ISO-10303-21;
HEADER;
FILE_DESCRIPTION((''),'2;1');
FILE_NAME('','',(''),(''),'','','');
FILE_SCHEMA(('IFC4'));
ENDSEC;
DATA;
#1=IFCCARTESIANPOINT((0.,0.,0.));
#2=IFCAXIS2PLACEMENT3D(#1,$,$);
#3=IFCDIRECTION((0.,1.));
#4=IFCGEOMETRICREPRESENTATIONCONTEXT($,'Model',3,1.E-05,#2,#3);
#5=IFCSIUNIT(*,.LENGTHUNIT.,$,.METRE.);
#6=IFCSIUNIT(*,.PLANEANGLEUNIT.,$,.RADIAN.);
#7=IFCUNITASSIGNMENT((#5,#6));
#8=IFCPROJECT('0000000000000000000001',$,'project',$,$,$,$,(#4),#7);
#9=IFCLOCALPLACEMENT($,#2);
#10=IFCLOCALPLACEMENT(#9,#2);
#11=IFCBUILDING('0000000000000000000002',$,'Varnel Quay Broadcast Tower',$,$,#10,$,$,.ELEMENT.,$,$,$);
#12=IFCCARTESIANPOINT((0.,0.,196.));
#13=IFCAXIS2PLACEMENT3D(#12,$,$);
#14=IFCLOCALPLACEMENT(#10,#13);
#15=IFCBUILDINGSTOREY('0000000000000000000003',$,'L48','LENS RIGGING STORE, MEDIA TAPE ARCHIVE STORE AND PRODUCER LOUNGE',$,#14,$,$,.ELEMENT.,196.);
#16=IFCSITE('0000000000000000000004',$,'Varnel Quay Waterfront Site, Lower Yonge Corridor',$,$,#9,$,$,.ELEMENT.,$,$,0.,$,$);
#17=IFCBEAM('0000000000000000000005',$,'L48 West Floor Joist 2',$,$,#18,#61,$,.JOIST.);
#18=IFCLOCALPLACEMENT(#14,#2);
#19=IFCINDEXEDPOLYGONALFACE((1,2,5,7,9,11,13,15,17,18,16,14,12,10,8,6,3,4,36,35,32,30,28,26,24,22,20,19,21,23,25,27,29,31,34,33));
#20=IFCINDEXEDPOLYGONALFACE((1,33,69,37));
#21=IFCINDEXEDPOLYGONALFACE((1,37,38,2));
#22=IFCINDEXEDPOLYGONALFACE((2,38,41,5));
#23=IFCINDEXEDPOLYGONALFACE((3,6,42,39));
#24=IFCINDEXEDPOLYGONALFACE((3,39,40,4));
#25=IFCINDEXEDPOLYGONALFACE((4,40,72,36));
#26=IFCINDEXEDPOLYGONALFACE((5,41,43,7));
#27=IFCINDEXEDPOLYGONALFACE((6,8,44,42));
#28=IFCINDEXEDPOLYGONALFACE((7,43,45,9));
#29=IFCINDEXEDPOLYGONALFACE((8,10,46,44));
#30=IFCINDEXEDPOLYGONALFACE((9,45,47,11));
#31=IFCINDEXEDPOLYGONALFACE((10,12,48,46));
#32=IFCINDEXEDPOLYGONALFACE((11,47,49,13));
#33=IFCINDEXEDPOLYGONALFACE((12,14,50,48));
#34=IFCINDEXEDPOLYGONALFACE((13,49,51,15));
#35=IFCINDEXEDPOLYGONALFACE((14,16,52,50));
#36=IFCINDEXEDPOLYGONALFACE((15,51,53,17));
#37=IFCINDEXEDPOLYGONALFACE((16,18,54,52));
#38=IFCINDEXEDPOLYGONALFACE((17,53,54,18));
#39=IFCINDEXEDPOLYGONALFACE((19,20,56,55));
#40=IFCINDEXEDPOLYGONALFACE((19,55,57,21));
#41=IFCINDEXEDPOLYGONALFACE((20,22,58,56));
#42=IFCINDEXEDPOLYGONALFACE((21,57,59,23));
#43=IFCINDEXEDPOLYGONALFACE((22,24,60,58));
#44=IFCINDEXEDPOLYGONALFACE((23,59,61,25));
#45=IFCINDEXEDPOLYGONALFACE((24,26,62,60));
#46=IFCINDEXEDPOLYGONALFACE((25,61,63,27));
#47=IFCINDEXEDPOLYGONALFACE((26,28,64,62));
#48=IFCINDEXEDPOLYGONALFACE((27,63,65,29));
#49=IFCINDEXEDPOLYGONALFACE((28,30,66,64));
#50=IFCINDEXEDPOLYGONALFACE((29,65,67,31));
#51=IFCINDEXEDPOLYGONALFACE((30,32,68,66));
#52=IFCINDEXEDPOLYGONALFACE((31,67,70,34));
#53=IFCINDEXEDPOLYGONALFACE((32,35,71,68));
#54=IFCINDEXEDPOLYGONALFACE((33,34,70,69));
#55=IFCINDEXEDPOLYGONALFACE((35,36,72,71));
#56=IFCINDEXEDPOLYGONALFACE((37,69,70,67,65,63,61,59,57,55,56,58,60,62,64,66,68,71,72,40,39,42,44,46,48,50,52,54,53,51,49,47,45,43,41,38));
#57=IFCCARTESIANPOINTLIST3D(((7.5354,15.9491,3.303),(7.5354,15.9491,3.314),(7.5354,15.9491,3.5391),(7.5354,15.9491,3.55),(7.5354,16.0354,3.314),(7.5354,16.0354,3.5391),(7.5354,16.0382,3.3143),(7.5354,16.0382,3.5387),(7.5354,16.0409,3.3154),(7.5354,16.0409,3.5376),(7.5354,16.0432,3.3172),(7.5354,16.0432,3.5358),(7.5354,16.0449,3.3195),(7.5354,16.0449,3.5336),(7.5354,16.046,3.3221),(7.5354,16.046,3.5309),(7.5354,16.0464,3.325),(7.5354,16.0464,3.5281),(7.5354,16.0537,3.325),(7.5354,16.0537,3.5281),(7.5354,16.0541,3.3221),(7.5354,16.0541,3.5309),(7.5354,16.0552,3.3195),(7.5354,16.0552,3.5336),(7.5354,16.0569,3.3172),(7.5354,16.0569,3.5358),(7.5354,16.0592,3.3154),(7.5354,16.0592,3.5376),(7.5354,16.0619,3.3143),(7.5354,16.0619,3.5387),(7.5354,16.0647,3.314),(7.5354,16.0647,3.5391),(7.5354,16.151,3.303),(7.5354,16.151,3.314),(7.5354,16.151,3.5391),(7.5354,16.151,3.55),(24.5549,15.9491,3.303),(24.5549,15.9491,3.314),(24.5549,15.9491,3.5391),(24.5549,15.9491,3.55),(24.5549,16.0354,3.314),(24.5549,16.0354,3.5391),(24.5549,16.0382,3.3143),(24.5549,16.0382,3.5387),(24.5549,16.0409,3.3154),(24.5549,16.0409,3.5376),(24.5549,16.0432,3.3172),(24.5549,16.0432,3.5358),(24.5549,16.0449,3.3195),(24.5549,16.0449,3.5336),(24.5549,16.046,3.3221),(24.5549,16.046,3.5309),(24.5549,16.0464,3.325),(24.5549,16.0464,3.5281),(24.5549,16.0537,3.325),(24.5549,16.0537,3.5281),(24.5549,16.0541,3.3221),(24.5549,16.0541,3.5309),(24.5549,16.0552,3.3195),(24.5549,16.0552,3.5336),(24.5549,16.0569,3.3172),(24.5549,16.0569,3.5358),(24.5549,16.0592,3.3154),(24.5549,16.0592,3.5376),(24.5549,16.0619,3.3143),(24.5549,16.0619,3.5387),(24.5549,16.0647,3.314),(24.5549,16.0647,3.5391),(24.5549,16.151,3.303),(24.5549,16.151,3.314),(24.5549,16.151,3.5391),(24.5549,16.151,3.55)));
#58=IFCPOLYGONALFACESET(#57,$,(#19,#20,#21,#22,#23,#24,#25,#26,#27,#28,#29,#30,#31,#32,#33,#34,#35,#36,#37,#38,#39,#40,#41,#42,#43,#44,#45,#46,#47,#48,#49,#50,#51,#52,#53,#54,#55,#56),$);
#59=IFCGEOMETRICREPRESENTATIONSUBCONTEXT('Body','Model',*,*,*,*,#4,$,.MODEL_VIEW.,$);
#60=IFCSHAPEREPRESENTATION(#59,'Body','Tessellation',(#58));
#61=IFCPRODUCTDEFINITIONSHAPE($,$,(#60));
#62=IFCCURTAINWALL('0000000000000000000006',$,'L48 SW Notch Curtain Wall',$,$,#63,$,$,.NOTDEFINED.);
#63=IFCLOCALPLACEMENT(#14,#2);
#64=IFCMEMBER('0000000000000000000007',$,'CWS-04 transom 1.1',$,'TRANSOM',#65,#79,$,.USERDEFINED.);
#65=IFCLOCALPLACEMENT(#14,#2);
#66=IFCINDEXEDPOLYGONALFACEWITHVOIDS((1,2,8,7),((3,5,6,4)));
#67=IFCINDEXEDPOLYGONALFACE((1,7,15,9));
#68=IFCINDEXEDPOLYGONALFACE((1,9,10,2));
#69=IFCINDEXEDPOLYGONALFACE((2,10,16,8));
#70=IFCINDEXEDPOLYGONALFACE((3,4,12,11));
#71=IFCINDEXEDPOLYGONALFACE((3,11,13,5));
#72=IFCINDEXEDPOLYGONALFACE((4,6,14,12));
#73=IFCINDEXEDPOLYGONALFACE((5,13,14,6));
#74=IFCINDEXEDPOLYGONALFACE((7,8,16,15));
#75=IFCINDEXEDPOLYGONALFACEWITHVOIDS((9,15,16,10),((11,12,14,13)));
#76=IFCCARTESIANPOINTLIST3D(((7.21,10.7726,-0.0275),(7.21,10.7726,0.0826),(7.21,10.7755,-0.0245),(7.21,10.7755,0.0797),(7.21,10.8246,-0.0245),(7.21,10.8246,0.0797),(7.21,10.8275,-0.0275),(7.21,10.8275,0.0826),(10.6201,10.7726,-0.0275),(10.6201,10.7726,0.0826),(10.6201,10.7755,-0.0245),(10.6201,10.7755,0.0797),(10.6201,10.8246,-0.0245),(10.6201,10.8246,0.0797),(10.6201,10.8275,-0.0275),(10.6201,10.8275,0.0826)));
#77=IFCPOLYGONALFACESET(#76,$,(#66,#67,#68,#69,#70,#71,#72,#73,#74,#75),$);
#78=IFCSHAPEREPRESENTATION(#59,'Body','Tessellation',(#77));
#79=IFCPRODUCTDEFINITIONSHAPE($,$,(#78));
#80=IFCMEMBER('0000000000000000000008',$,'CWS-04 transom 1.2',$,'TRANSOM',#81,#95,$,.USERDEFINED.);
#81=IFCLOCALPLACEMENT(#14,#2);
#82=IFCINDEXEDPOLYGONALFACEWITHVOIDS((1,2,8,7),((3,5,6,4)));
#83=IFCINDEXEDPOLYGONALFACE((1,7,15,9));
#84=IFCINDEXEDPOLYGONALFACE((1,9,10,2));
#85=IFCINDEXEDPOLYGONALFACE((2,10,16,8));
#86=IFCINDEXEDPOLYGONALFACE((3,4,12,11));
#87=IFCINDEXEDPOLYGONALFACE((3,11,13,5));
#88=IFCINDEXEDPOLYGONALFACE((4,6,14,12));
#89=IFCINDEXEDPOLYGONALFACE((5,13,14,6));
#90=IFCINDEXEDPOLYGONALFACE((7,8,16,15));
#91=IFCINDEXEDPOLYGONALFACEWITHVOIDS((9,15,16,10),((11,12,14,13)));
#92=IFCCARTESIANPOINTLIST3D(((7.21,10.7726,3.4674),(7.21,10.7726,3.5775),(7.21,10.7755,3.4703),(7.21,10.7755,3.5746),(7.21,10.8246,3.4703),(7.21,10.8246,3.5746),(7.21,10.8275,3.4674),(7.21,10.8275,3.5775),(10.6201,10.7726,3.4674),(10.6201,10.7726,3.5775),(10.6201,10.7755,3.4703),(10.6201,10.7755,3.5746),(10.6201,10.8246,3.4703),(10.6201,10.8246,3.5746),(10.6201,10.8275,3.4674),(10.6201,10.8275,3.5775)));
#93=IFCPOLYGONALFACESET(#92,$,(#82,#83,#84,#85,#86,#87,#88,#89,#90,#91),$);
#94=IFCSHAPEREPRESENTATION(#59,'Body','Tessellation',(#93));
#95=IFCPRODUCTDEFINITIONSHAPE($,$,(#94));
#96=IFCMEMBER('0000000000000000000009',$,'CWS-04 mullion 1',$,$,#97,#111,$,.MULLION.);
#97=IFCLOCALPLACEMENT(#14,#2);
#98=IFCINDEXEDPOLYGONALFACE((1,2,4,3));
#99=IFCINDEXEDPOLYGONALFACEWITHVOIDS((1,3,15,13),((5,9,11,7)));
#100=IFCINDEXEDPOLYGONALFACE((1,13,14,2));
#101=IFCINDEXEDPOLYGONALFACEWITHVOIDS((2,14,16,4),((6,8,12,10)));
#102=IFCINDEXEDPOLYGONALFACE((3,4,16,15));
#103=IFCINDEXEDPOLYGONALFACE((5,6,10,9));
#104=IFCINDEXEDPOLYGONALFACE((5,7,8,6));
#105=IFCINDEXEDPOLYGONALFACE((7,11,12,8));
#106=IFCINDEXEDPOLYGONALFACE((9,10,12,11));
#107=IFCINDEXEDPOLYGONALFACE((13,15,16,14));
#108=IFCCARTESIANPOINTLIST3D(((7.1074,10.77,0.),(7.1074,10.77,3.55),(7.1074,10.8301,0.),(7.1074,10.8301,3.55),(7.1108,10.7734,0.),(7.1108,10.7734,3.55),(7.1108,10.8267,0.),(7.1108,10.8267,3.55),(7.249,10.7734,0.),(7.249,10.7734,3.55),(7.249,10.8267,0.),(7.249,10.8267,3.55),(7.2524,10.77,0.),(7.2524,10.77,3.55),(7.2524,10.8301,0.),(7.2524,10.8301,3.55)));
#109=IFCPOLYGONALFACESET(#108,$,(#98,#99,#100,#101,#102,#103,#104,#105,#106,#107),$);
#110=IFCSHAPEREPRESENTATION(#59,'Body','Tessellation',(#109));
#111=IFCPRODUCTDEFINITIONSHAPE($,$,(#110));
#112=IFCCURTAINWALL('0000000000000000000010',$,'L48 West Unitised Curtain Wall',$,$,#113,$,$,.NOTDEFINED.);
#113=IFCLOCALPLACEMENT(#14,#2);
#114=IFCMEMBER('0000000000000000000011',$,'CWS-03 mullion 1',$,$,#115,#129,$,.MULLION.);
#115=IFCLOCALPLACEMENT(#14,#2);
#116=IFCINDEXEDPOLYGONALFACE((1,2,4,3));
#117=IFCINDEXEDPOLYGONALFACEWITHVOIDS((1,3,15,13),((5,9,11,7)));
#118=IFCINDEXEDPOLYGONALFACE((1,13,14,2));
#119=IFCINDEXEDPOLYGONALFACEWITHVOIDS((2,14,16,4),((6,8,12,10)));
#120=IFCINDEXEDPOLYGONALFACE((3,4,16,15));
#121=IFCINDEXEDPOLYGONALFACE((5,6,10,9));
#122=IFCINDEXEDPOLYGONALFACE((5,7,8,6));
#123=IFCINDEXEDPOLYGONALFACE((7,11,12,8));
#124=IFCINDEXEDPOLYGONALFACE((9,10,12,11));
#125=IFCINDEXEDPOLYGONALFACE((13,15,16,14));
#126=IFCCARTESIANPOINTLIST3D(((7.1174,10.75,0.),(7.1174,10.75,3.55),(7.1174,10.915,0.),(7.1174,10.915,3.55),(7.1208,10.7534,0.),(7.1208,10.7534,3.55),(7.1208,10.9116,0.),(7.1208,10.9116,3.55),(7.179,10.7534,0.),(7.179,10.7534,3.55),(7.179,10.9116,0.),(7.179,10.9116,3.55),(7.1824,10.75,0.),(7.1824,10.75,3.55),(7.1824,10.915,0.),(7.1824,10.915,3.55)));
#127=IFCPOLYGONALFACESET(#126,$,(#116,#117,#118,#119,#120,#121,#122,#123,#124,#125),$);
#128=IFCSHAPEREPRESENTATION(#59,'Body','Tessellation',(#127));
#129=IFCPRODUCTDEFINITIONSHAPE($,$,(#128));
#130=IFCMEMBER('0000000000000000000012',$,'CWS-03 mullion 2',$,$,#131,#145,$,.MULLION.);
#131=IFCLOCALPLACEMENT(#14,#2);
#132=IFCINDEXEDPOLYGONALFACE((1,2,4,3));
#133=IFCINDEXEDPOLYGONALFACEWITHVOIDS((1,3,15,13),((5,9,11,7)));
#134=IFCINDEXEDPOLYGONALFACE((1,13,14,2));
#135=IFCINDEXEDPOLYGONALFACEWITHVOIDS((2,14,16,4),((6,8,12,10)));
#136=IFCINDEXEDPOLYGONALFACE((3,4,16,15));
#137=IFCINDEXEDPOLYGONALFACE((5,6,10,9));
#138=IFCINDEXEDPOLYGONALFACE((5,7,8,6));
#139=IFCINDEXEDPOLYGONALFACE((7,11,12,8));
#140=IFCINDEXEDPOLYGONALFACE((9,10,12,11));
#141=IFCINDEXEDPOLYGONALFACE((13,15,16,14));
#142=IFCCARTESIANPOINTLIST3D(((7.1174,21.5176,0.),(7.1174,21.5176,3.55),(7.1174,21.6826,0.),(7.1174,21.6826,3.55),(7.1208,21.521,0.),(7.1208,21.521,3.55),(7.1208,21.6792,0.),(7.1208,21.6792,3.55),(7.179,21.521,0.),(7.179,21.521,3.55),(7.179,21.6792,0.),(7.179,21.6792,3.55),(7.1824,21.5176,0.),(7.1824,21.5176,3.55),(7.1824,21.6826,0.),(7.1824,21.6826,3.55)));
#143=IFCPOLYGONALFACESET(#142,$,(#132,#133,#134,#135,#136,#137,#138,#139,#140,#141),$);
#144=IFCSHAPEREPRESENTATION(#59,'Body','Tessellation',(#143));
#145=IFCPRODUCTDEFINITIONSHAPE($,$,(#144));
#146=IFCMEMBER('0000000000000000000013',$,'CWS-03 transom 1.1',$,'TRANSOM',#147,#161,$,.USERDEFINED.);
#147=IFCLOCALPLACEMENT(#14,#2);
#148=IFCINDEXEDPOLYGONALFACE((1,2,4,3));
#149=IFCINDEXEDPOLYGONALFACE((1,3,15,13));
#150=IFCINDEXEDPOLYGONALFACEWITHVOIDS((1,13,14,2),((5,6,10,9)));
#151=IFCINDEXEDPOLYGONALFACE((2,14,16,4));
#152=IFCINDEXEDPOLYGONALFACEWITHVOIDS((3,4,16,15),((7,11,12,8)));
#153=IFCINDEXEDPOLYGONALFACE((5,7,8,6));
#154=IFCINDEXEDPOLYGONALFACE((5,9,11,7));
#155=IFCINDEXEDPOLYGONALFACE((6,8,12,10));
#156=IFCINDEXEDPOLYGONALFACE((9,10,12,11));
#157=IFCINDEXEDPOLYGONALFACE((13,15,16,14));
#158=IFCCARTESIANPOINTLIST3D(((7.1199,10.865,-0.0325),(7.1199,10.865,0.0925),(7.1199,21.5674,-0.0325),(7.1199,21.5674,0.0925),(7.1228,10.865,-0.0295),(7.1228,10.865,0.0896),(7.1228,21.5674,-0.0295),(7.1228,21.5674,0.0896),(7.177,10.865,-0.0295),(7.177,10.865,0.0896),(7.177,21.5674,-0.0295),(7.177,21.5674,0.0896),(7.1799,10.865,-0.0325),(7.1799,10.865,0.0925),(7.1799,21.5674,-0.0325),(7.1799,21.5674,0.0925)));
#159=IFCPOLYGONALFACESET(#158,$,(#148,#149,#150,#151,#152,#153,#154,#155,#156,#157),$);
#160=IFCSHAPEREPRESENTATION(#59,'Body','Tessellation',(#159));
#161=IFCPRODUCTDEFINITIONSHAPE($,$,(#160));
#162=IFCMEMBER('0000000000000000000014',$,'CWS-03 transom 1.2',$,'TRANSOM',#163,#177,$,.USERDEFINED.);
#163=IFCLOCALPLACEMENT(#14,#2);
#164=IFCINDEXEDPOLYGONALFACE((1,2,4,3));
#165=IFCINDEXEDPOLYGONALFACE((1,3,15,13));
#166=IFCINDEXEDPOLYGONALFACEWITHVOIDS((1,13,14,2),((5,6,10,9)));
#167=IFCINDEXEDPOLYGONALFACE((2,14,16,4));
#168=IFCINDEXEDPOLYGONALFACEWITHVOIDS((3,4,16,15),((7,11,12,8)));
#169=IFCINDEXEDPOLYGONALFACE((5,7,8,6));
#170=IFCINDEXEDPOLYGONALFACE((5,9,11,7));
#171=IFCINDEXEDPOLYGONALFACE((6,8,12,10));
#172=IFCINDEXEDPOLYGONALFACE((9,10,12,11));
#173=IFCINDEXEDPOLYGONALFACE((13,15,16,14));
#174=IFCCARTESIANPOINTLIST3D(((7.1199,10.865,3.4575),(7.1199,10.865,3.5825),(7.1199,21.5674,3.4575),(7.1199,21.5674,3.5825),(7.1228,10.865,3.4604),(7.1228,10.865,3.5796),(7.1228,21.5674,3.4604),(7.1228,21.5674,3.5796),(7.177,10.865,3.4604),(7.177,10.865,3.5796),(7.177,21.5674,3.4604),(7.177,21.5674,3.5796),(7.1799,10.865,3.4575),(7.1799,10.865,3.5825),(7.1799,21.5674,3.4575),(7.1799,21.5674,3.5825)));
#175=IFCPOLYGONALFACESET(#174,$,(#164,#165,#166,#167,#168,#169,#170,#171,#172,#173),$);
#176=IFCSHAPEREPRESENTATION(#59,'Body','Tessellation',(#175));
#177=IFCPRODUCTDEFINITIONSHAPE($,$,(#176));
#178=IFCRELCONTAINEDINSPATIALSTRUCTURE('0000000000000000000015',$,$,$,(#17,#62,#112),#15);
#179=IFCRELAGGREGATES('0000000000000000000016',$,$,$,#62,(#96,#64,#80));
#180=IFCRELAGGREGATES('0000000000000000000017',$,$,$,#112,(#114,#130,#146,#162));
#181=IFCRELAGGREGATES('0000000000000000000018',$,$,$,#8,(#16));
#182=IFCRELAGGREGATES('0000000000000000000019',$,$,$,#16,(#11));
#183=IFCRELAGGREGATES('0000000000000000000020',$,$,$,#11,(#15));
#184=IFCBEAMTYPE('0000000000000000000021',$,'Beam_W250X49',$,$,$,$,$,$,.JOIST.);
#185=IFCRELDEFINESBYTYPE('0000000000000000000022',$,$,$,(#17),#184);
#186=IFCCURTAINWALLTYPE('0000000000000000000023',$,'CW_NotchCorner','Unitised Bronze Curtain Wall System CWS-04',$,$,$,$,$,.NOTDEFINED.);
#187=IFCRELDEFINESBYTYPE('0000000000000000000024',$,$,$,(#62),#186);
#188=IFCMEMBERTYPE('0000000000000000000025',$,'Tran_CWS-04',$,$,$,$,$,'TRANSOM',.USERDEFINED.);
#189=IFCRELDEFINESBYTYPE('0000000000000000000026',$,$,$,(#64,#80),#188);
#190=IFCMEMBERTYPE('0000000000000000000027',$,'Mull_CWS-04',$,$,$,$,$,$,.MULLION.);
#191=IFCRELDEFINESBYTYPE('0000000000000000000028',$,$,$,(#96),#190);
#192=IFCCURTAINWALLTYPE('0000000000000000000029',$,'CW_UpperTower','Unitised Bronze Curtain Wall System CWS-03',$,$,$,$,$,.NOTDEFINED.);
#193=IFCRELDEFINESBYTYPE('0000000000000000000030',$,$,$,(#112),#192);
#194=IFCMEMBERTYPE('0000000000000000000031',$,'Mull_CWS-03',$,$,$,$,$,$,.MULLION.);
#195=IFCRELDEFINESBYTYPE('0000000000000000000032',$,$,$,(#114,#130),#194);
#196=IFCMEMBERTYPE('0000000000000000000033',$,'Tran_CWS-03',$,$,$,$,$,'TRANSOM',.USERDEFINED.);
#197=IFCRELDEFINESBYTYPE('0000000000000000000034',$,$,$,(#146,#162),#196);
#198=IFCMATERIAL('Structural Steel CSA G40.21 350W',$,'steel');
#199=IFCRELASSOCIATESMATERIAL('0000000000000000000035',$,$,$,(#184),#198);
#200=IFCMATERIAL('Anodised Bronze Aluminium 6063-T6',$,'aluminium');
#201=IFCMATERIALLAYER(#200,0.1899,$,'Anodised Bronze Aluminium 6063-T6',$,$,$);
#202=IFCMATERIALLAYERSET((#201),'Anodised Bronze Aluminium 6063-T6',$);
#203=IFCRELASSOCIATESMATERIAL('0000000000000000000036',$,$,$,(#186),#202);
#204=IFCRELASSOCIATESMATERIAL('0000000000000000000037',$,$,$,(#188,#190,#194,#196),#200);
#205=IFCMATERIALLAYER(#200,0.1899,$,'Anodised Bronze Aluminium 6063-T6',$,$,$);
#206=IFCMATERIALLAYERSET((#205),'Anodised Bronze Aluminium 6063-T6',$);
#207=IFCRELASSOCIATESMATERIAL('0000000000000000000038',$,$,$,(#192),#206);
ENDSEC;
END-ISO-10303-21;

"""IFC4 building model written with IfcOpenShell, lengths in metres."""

from ifc_helpers import new_model, si_unit, direction, frame, origin, origin_2d, place, context, subcontext, project, spatial, hollow_rectangle, i_section, extrude, source, transform, mapped, material, layer, layer_set, material_profile, profile_set, type_object, type_shapes, element, aggregate, save


model = new_model("IFC4")

# Units and contexts
model_context = context("Model", 3, precision=1e-05, world=origin(), true_north=direction((0.0, 1.0)))
body_context = subcontext(model_context, "Body", "Model", "MODEL_VIEW")
ifc_project = project(units=[si_unit("LENGTHUNIT", "METRE"), si_unit("PLANEANGLEUNIT", "RADIAN")], contexts=[model_context])

# Site, building, storey
site_placement = place(None, origin())
site = spatial("IfcSite", under=ifc_project, at=site_placement, Name="Varnel Quay Waterfront Site, Lower Yonge Corridor", CompositionType="ELEMENT", RefElevation=0.0)
building_placement = place(site_placement, origin())
building = spatial("IfcBuilding", under=site, at=building_placement, Name="Varnel Quay Broadcast Tower", CompositionType="ELEMENT")
storey_placement = place(building_placement, frame((0.0, 0.0, 196.0)))
storey = spatial("IfcBuildingStorey", under=building, at=storey_placement, Name="L48", Description="LENS RIGGING STORE, MEDIA TAPE ARCHIVE STORE AND PRODUCER LOUNGE", CompositionType="ELEMENT", Elevation=196.0)

# Shared definitions
ifc_material_1 = material(Name="Structural Steel CSA G40.21 350W", Category="steel")

# Beam
ifc_material_profile_1 = material_profile(ifc_material_1, i_section(OverallWidth=0.2019, OverallDepth=0.2471, WebThickness=0.0073, FlangeThickness=0.011, FilletRadius=0.011, at=origin_2d()), Name="W250X49")
ifc_profile_set_1 = profile_set([ifc_material_profile_1], Name="Structural Steel CSA G40.21 350W")
beam_type_1 = type_object("IfcBeamType", Name="Beam_W250X49", PredefinedType="JOIST", material=ifc_profile_set_1)
shared_shape_1 = source(origin(), body_context, "Body", "SweptSolid", [
    extrude(i_section(OverallWidth=0.2019, OverallDepth=0.2471, WebThickness=0.0073, FlangeThickness=0.011, FilletRadius=0.011, at=origin_2d()), origin(), (0.0, 0.0, 1.0), 17.0195),
])
type_shapes(beam_type_1, [shared_shape_1])
beam_1_placement = place(storey_placement, frame((7.5354, 16.05, 3.4265), z_axis=(1.0, 0.0, 0.0), x_axis=(0.0, 1.0, 0.0)))
element("IfcBeam", 1, at=beam_1_placement, inside=storey, type_object=beam_type_1, Name="L48 West Floor Joist 2", PredefinedType="JOIST", context=body_context, shape_type="MappedRepresentation", body=[
    mapped(shared_shape_1, transform((0.0, 0.0, 0.0), x_axis=(1.0, 0.0, 0.0), y_axis=(0.0, 1.0, 0.0), z_axis=(0.0, 0.0, 1.0), scale=1.0)),
])

# Curtain walls, members
ifc_material_2 = material(Name="Anodised Bronze Aluminium 6063-T6", Category="aluminium")
ifc_layer_1 = layer(ifc_material_2, 0.1899, Name="Anodised Bronze Aluminium 6063-T6")
ifc_layer_set_1 = layer_set([ifc_layer_1], Name="Anodised Bronze Aluminium 6063-T6")
curtain_wall_type_1 = type_object("IfcCurtainWallType", Name="CW_NotchCorner", Description="Unitised Bronze Curtain Wall System CWS-04", PredefinedType="NOTDEFINED", material=ifc_layer_set_1)
curtain_wall_1_placement = place(storey_placement, origin())
curtain_wall_1 = element("IfcCurtainWall", 2, at=curtain_wall_1_placement, inside=storey, type_object=curtain_wall_type_1, Name="L48 SW Notch Curtain Wall", PredefinedType="NOTDEFINED")
ifc_material_profile_2 = material_profile(ifc_material_2, hollow_rectangle(XDim=0.0549, YDim=0.1101, WallThickness=0.0029, at=origin_2d()), Name="ALU55X110X3")
ifc_profile_set_2 = profile_set([ifc_material_profile_2], Name="Anodised Bronze Aluminium 6063-T6")
member_type_1 = type_object("IfcMemberType", Name="Tran_CWS-04", ElementType="TRANSOM", PredefinedType="USERDEFINED", material=ifc_profile_set_2)
shared_shape_2 = source(origin(), body_context, "Body", "SweptSolid", [
    extrude(hollow_rectangle(XDim=0.0549, YDim=0.1101, WallThickness=0.0029, at=origin_2d()), origin(), (0.0, 0.0, 1.0), 3.4102),
])
type_shapes(member_type_1, [shared_shape_2])
member_1_placement = place(storey_placement, frame((7.21, 10.8, 0.0276), z_axis=(1.0, 0.0, 0.0), x_axis=(0.0, 1.0, 0.0)))
member_1 = element("IfcMember", 3, at=member_1_placement, type_object=member_type_1, Name="CWS-04 transom 1.1", ObjectType="TRANSOM", PredefinedType="USERDEFINED", context=body_context, shape_type="MappedRepresentation", body=[
    mapped(shared_shape_2, transform((0.0, 0.0, 0.0), x_axis=(1.0, 0.0, 0.0), y_axis=(0.0, 1.0, 0.0), z_axis=(0.0, 0.0, 1.0), scale=1.0)),
])
member_2_placement = place(storey_placement, frame((7.21, 10.8, 3.5225), z_axis=(1.0, 0.0, 0.0), x_axis=(0.0, 1.0, 0.0)))
member_2 = element("IfcMember", 4, at=member_2_placement, type_object=member_type_1, Name="CWS-04 transom 1.2", ObjectType="TRANSOM", PredefinedType="USERDEFINED", context=body_context, shape_type="MappedRepresentation", body=[
    mapped(shared_shape_2, transform((0.0, 0.0, 0.0), x_axis=(1.0, 0.0, 0.0), y_axis=(0.0, 1.0, 0.0), z_axis=(0.0, 0.0, 1.0), scale=1.0)),
])
ifc_material_profile_3 = material_profile(ifc_material_2, hollow_rectangle(XDim=0.0601, YDim=0.145, WallThickness=0.0034, at=origin_2d()), Name="ALU60X145X3.5")
ifc_profile_set_3 = profile_set([ifc_material_profile_3], Name="Anodised Bronze Aluminium 6063-T6")
member_type_2 = type_object("IfcMemberType", Name="Mull_CWS-04", PredefinedType="MULLION", material=ifc_profile_set_3)
shared_shape_3 = source(origin(), body_context, "Body", "SweptSolid", [
    extrude(hollow_rectangle(XDim=0.0601, YDim=0.145, WallThickness=0.0034, at=origin_2d()), origin(), (0.0, 0.0, 1.0), 3.55),
])
type_shapes(member_type_2, [shared_shape_3])
member_3_placement = place(storey_placement, frame((7.1799, 10.8, 0.0), z_axis=(0.0, 0.0, 1.0), x_axis=(0.0, 1.0, 0.0)))
member_3 = element("IfcMember", 5, at=member_3_placement, type_object=member_type_2, Name="CWS-04 mullion 1", PredefinedType="MULLION", context=body_context, shape_type="MappedRepresentation", body=[
    mapped(shared_shape_3, transform((0.0, 0.0, 0.0), x_axis=(1.0, 0.0, 0.0), y_axis=(0.0, 1.0, 0.0), z_axis=(0.0, 0.0, 1.0), scale=1.0)),
])
ifc_layer_2 = layer(ifc_material_2, 0.1899, Name="Anodised Bronze Aluminium 6063-T6")
ifc_layer_set_2 = layer_set([ifc_layer_2], Name="Anodised Bronze Aluminium 6063-T6")
curtain_wall_type_2 = type_object("IfcCurtainWallType", Name="CW_UpperTower", Description="Unitised Bronze Curtain Wall System CWS-03", PredefinedType="NOTDEFINED", material=ifc_layer_set_2)
curtain_wall_2_placement = place(storey_placement, origin())
curtain_wall_2 = element("IfcCurtainWall", 6, at=curtain_wall_2_placement, inside=storey, type_object=curtain_wall_type_2, Name="L48 West Unitised Curtain Wall", PredefinedType="NOTDEFINED")
ifc_material_profile_4 = material_profile(ifc_material_2, hollow_rectangle(XDim=0.0649, YDim=0.165, WallThickness=0.0034, at=origin_2d()), Name="ALU65X165X3.5")
ifc_profile_set_4 = profile_set([ifc_material_profile_4], Name="Anodised Bronze Aluminium 6063-T6")
member_type_3 = type_object("IfcMemberType", Name="Mull_CWS-03", PredefinedType="MULLION", material=ifc_profile_set_4)
shared_shape_4 = source(origin(), body_context, "Body", "SweptSolid", [
    extrude(hollow_rectangle(XDim=0.0649, YDim=0.165, WallThickness=0.0034, at=origin_2d()), origin(), (0.0, 0.0, 1.0), 3.55),
])
type_shapes(member_type_3, [shared_shape_4])
member_4_placement = place(storey_placement, frame((7.1499, 10.8325, 0.0), z_axis=(0.0, 0.0, 1.0), x_axis=(-1.0, 0.0, 0.0)))
member_4 = element("IfcMember", 7, at=member_4_placement, type_object=member_type_3, Name="CWS-03 mullion 1", PredefinedType="MULLION", context=body_context, shape_type="MappedRepresentation", body=[
    mapped(shared_shape_4, transform((0.0, 0.0, 0.0), x_axis=(1.0, 0.0, 0.0), y_axis=(0.0, 1.0, 0.0), z_axis=(0.0, 0.0, 1.0), scale=1.0)),
])
member_5_placement = place(storey_placement, frame((7.1499, 21.6001, 0.0), z_axis=(0.0, 0.0, 1.0), x_axis=(-1.0, 0.0, 0.0)))
member_5 = element("IfcMember", 8, at=member_5_placement, type_object=member_type_3, Name="CWS-03 mullion 2", PredefinedType="MULLION", context=body_context, shape_type="MappedRepresentation", body=[
    mapped(shared_shape_4, transform((0.0, 0.0, 0.0), x_axis=(1.0, 0.0, 0.0), y_axis=(0.0, 1.0, 0.0), z_axis=(0.0, 0.0, 1.0), scale=1.0)),
])
ifc_material_profile_5 = material_profile(ifc_material_2, hollow_rectangle(XDim=0.0601, YDim=0.125, WallThickness=0.0029, at=origin_2d()), Name="ALU60X125X3")
ifc_profile_set_5 = profile_set([ifc_material_profile_5], Name="Anodised Bronze Aluminium 6063-T6")
member_type_4 = type_object("IfcMemberType", Name="Tran_CWS-03", ElementType="TRANSOM", PredefinedType="USERDEFINED", material=ifc_profile_set_5)
shared_shape_5 = source(origin(), body_context, "Body", "SweptSolid", [
    extrude(hollow_rectangle(XDim=0.0601, YDim=0.125, WallThickness=0.0029, at=origin_2d()), origin(), (0.0, 0.0, 1.0), 10.7024),
])
type_shapes(member_type_4, [shared_shape_5])
member_6_placement = place(storey_placement, frame((7.1499, 10.865, 0.03), z_axis=(0.0, 1.0, 0.0), x_axis=(-1.0, 0.0, 0.0)))
member_6 = element("IfcMember", 9, at=member_6_placement, type_object=member_type_4, Name="CWS-03 transom 1.1", ObjectType="TRANSOM", PredefinedType="USERDEFINED", context=body_context, shape_type="MappedRepresentation", body=[
    mapped(shared_shape_5, transform((0.0, 0.0, 0.0), x_axis=(1.0, 0.0, 0.0), y_axis=(0.0, 1.0, 0.0), z_axis=(0.0, 0.0, 1.0), scale=1.0)),
])
member_7_placement = place(storey_placement, frame((7.1499, 10.865, 3.52), z_axis=(0.0, 1.0, 0.0), x_axis=(-1.0, 0.0, 0.0)))
member_7 = element("IfcMember", 10, at=member_7_placement, type_object=member_type_4, Name="CWS-03 transom 1.2", ObjectType="TRANSOM", PredefinedType="USERDEFINED", context=body_context, shape_type="MappedRepresentation", body=[
    mapped(shared_shape_5, transform((0.0, 0.0, 0.0), x_axis=(1.0, 0.0, 0.0), y_axis=(0.0, 1.0, 0.0), z_axis=(0.0, 0.0, 1.0), scale=1.0)),
])

aggregate(curtain_wall_1, [member_3, member_1, member_2])
aggregate(curtain_wall_2, [member_4, member_5, member_6, member_7])

save(model, "model.ifc")
